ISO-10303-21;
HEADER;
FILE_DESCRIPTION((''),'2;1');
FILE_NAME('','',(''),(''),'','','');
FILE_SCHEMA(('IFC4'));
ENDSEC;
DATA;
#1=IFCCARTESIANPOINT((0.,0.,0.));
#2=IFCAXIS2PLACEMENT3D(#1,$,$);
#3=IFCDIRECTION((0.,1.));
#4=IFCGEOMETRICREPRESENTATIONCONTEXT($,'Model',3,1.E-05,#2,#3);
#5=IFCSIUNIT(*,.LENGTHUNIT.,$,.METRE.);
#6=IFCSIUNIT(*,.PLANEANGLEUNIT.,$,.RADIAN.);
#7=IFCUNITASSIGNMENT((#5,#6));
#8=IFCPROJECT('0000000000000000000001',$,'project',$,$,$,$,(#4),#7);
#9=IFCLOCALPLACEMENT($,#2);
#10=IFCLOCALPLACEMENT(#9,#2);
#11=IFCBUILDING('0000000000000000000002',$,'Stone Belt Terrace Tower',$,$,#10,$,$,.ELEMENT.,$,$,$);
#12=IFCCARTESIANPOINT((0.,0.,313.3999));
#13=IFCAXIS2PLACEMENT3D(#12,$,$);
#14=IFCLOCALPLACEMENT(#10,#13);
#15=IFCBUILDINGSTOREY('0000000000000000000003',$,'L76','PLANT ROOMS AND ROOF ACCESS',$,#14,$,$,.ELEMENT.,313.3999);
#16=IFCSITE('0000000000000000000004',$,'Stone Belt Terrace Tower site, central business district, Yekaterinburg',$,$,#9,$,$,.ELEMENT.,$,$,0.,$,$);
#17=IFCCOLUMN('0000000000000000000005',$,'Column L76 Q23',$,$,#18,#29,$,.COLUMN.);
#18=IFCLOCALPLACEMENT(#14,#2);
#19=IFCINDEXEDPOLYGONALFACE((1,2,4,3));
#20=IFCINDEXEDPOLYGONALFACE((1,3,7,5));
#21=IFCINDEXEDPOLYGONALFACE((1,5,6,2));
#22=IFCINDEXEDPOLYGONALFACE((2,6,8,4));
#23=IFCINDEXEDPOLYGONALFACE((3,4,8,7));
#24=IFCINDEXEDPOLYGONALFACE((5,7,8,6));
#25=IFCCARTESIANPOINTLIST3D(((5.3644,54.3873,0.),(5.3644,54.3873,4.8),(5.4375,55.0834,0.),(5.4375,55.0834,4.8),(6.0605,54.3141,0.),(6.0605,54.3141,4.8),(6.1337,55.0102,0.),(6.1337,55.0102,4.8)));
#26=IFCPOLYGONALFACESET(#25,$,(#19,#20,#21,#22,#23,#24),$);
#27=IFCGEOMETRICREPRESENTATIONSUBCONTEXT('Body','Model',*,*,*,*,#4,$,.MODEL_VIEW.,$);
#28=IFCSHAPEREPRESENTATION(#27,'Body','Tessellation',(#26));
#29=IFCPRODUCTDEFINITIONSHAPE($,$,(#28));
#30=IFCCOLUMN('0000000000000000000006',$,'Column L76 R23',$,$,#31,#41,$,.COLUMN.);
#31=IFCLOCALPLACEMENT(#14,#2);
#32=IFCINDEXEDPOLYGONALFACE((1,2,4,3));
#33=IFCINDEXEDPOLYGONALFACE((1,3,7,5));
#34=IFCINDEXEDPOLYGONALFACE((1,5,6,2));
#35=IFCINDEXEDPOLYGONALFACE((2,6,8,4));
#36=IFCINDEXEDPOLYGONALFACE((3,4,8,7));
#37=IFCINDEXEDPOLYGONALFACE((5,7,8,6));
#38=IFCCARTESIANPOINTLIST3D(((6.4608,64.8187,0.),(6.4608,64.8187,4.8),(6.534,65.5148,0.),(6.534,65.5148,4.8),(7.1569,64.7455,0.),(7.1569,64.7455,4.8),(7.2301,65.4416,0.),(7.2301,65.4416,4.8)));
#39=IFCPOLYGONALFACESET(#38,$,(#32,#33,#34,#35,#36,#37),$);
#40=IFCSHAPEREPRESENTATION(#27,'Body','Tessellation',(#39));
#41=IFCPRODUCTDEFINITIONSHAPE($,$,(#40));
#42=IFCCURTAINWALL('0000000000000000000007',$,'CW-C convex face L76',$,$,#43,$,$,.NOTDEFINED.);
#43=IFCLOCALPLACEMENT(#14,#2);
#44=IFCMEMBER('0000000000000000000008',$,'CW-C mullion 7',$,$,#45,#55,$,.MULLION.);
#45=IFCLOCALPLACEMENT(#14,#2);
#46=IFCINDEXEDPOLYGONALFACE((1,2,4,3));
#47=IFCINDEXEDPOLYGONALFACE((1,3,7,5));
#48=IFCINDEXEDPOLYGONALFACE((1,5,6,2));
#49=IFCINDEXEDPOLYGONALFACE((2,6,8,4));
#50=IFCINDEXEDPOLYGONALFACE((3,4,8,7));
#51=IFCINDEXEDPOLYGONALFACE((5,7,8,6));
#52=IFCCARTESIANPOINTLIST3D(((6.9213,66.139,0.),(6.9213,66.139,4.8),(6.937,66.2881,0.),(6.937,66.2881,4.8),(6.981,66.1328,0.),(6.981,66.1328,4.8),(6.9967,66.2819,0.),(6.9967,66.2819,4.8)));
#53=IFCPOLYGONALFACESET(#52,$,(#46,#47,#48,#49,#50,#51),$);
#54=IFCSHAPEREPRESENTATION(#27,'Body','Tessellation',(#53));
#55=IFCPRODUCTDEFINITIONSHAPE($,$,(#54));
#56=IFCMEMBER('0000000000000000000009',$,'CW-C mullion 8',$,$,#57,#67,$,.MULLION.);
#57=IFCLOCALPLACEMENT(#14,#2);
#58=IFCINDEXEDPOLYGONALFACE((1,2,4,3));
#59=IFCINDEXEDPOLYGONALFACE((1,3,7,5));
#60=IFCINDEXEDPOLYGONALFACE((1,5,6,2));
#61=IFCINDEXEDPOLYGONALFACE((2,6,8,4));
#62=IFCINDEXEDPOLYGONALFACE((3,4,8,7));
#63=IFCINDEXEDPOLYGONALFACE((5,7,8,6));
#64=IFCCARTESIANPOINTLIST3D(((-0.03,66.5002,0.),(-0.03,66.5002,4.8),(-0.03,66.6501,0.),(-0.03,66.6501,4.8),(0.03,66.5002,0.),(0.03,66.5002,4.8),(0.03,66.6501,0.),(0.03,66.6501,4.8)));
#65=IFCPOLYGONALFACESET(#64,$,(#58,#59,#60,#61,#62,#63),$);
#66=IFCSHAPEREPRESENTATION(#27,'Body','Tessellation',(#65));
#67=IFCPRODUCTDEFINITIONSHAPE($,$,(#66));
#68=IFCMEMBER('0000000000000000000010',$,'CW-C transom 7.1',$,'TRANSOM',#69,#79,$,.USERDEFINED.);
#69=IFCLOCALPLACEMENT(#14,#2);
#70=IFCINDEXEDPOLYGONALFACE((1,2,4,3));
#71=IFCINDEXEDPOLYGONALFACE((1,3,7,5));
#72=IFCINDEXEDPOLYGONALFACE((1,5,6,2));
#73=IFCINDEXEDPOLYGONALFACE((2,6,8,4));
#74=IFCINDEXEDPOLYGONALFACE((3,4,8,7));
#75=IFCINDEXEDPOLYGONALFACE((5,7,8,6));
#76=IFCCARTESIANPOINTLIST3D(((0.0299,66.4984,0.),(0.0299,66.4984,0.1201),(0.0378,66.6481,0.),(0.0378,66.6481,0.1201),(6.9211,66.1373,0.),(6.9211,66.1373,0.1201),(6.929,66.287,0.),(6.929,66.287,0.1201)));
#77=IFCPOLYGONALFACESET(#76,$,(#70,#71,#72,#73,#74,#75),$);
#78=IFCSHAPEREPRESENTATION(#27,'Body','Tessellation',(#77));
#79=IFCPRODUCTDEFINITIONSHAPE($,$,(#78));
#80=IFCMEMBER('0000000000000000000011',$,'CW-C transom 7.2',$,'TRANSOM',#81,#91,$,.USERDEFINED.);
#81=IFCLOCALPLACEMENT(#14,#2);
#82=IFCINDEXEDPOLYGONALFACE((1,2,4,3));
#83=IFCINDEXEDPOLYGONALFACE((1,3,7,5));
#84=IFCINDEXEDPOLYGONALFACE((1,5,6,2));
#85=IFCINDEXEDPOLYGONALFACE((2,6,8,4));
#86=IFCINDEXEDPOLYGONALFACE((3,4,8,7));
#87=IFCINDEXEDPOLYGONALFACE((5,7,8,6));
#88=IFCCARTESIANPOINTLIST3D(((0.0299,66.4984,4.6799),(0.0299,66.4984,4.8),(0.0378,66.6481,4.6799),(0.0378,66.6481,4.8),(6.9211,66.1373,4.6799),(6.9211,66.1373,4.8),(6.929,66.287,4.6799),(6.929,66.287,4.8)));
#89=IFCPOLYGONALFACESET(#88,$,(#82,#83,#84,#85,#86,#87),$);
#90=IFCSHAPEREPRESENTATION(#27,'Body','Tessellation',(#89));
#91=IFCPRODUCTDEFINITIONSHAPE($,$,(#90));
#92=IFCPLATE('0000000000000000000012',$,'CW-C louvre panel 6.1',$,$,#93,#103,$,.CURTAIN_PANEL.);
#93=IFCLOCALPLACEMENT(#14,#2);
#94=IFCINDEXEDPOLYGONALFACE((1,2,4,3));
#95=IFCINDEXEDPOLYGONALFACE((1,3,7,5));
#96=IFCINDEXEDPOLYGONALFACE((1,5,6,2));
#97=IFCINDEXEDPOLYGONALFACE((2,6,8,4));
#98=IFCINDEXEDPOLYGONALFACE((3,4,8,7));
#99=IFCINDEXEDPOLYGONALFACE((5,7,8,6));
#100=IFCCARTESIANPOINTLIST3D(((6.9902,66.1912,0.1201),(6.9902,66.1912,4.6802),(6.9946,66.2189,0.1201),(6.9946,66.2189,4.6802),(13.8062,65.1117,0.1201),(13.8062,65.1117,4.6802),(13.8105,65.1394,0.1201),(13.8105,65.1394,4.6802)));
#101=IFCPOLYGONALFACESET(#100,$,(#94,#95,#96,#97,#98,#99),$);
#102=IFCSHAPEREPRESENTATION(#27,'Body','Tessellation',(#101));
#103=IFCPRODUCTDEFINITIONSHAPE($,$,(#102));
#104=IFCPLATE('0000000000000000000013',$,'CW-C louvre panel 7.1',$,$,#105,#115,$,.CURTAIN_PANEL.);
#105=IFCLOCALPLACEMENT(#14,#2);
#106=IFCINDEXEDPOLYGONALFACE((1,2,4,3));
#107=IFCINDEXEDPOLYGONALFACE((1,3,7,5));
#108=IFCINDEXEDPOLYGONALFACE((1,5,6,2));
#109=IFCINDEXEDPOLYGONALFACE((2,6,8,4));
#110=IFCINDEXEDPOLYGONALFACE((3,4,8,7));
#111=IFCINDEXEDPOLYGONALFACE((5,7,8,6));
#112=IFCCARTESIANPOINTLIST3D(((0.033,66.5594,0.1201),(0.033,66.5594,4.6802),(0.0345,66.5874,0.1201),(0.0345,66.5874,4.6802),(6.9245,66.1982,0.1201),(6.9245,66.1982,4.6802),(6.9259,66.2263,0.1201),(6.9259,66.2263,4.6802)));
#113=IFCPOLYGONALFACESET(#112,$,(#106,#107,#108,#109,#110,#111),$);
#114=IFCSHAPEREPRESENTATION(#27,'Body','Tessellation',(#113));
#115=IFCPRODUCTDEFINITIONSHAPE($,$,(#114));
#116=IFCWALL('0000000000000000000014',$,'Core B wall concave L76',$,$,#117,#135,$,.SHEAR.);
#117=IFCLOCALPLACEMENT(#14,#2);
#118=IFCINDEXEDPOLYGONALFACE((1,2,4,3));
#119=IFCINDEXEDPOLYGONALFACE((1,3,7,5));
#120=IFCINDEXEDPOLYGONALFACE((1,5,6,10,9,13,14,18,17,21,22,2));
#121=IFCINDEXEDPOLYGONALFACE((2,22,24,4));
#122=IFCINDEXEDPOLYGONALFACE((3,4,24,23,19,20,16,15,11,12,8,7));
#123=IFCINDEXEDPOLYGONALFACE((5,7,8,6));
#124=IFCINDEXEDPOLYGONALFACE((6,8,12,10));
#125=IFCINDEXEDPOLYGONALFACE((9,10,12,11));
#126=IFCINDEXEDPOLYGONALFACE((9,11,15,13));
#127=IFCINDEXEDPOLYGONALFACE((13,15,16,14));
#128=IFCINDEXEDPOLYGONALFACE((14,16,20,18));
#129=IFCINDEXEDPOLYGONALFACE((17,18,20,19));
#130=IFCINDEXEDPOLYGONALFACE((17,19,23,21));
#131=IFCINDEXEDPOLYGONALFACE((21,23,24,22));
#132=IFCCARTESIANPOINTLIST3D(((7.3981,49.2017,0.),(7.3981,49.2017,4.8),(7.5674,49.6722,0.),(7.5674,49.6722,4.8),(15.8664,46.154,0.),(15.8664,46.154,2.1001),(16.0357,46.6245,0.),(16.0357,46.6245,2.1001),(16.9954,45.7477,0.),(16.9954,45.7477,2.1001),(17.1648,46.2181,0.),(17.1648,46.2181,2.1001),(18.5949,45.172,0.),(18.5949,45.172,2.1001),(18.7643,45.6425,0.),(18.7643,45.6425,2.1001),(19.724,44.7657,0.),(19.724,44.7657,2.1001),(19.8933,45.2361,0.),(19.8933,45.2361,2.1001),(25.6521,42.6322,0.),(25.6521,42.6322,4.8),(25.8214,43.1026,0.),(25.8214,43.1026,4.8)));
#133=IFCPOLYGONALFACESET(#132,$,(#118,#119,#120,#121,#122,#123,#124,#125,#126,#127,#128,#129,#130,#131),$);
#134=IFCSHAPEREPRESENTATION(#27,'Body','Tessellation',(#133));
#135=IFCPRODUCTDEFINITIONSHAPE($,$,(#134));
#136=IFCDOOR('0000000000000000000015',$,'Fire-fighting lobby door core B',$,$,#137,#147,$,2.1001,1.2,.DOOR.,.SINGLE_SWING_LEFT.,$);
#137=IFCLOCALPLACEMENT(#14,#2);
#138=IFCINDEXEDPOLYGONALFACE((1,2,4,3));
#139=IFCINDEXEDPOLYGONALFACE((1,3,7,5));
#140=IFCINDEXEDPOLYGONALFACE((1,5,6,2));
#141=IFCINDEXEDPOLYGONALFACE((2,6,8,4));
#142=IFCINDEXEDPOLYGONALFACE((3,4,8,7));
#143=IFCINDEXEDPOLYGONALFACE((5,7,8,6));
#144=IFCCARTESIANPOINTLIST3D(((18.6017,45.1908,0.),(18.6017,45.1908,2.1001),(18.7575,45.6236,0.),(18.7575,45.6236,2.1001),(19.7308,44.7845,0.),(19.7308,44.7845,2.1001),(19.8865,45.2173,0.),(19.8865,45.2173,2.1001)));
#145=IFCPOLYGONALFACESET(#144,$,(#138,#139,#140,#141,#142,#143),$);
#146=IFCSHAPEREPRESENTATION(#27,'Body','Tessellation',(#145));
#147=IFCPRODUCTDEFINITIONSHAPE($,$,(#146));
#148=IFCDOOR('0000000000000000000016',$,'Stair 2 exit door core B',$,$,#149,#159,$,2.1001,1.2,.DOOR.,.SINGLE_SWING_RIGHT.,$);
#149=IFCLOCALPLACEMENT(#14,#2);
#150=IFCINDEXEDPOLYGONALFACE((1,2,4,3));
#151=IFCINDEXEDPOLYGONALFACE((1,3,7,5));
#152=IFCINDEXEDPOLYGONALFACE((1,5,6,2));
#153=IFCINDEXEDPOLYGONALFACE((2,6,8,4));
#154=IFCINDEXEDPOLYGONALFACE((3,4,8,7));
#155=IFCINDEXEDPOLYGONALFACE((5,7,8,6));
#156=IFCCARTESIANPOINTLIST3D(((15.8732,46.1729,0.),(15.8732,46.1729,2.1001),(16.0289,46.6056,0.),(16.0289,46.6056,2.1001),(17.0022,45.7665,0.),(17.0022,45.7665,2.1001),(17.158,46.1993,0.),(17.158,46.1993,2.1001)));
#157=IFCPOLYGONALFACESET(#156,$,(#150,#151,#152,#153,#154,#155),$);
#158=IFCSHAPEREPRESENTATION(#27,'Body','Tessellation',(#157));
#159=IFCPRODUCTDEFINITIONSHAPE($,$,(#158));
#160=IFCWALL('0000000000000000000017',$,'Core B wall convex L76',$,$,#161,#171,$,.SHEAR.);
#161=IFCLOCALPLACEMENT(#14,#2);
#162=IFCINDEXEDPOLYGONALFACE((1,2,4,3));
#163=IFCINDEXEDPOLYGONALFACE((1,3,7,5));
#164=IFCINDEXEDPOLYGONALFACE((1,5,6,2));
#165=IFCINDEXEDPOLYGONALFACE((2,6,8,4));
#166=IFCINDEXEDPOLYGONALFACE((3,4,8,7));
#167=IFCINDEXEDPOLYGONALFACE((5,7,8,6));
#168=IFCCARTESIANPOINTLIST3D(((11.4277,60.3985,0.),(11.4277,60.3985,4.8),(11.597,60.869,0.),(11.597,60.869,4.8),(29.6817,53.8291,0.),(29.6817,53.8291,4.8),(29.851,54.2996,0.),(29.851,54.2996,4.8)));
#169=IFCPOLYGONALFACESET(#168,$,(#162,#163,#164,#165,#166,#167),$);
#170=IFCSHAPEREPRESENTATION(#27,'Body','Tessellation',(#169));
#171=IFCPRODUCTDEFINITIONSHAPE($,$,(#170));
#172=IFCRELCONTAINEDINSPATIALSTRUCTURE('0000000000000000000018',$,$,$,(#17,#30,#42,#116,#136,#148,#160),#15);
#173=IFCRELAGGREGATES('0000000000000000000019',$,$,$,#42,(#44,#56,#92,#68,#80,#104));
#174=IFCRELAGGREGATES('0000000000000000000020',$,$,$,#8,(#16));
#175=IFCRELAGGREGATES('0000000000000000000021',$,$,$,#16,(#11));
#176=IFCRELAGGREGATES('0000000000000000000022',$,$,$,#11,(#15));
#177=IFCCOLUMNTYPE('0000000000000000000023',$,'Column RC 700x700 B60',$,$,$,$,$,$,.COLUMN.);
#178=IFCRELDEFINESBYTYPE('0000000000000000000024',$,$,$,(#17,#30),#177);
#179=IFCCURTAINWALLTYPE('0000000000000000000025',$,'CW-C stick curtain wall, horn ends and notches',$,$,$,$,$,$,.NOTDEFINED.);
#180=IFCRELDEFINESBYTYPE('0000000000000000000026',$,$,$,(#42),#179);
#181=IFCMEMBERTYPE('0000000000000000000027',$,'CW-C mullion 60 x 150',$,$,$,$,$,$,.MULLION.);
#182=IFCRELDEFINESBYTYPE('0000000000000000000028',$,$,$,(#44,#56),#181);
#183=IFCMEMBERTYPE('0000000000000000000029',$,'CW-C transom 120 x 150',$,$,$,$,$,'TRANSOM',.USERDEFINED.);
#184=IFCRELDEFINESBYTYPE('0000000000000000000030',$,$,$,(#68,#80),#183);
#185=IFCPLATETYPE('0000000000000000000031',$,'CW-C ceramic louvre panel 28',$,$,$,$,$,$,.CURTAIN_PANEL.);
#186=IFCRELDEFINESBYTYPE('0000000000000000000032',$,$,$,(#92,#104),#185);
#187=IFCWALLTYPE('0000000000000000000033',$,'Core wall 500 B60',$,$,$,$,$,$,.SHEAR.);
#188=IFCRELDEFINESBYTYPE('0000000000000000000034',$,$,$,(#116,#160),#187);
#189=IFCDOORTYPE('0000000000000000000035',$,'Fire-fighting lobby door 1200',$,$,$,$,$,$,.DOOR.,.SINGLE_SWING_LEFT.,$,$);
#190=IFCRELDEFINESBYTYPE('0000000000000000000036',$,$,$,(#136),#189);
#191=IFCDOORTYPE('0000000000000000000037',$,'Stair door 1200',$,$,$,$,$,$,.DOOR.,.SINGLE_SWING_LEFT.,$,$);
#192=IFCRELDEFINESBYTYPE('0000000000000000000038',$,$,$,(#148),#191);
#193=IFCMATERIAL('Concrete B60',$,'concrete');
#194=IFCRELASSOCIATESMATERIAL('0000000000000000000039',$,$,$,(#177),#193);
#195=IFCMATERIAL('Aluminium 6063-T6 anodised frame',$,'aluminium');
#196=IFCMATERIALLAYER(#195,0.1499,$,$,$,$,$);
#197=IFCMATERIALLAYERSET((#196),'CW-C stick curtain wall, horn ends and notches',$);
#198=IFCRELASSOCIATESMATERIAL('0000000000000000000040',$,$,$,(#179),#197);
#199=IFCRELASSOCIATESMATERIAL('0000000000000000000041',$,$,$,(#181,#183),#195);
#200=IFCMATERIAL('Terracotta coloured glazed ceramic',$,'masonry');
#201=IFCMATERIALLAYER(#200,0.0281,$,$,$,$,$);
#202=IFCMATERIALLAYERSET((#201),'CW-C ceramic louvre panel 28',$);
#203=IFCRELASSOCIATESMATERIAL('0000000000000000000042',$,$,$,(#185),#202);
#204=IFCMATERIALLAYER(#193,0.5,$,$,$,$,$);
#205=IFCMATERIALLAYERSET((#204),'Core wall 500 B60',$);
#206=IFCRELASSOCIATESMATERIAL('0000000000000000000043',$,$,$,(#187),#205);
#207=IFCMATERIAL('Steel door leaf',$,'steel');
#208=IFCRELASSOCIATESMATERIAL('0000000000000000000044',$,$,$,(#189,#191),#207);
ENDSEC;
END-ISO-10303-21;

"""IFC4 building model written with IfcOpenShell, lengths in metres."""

from ifc_helpers import new_model, si_unit, direction, frame, frame_2d, origin, origin_2d, place, context, subcontext, project, spatial, rectangle, extrude, material, layer, layer_set, material_profile, profile_set, type_object, element, fill, aggregate, save


model = new_model("IFC4")

# Units and contexts
model_context = context("Model", 3, precision=1e-05, world=origin(), true_north=direction((0.0, 1.0)))
body_context = subcontext(model_context, "Body", "Model", "MODEL_VIEW")
ifc_project = project(units=[si_unit("LENGTHUNIT", "METRE"), si_unit("PLANEANGLEUNIT", "RADIAN")], contexts=[model_context])

# Site, building, storey
site_placement = place(None, origin())
site = spatial("IfcSite", under=ifc_project, at=site_placement, Name="Stone Belt Terrace Tower site, central business district, Yekaterinburg", CompositionType="ELEMENT", RefElevation=0.0)
building_placement = place(site_placement, origin())
building = spatial("IfcBuilding", under=site, at=building_placement, Name="Stone Belt Terrace Tower", CompositionType="ELEMENT")
storey_placement = place(building_placement, frame((0.0, 0.0, 313.3999)))
storey = spatial("IfcBuildingStorey", under=building, at=storey_placement, Name="L76", Description="PLANT ROOMS AND ROOF ACCESS", CompositionType="ELEMENT", Elevation=313.3999)

# Columns
ifc_material_1 = material(Name="Concrete B60", Category="concrete")
ifc_material_profile_1 = material_profile(ifc_material_1, rectangle(XDim=0.7, YDim=0.7, at=origin_2d()), Name="RC 700x700")
ifc_profile_set_1 = profile_set([ifc_material_profile_1], Name="Concrete B60")
column_type = type_object("IfcColumnType", Name="Column RC 700x700 B60", PredefinedType="COLUMN", material=ifc_profile_set_1)
for number, where, z_axis, x_axis, name in (
    (1, (5.749, 54.6987, 0.0), (0.0, 0.0, 1.0), (0.994522, -0.104528, 0.0), "Column L76 Q23"),
    (2, (6.8455, 65.1301, 0.0), (0.0, 0.0, 1.0), (0.994522, -0.104528, 0.0), "Column L76 R23"),
):
    element("IfcColumn", number, at=place(storey_placement, frame(where, z_axis=z_axis, x_axis=x_axis)), inside=storey, type_object=column_type, Name=name, PredefinedType="COLUMN", context=body_context, shape_type="SweptSolid", body=[
        extrude(rectangle(XDim=0.7, YDim=0.7, at=origin_2d()), origin(), (0.0, 0.0, 1.0), 4.8),
    ])

# Curtain wall, members, plates
ifc_material_2 = material(Name="Aluminium 6063-T6 anodised frame", Category="aluminium")
ifc_layer_1 = layer(ifc_material_2, 0.1499)
ifc_layer_set_1 = layer_set([ifc_layer_1], Name="CW-C stick curtain wall, horn ends and notches")
curtain_wall_type = type_object("IfcCurtainWallType", Name="CW-C stick curtain wall, horn ends and notches", PredefinedType="NOTDEFINED", material=ifc_layer_set_1)
curtain_wall_placement = place(storey_placement, origin())
curtain_wall = element("IfcCurtainWall", 3, at=curtain_wall_placement, inside=storey, type_object=curtain_wall_type, Name="CW-C convex face L76", PredefinedType="NOTDEFINED")
ifc_material_profile_2 = material_profile(ifc_material_2, rectangle(XDim=0.1499, YDim=0.0601, at=origin_2d()), Name="Aluminium 6063-T6 60x150")
ifc_profile_set_2 = profile_set([ifc_material_profile_2], Name="Aluminium 6063-T6 anodised frame")
member_type_1 = type_object("IfcMemberType", Name="CW-C mullion 60 x 150", PredefinedType="MULLION", material=ifc_profile_set_2)
member_1_placement = place(storey_placement, frame((6.959, 66.2104, 0.0), z_axis=(0.0, 0.0, 1.0), x_axis=(-0.104528, -0.994522, 0.0)))
member_1 = element("IfcMember", 4, at=member_1_placement, type_object=member_type_1, Name="CW-C mullion 7", PredefinedType="MULLION", context=body_context, shape_type="SweptSolid", body=[
    extrude(rectangle(XDim=0.1499, YDim=0.0601, at=origin_2d()), origin(), (0.0, 0.0, 1.0), 4.8),
])
member_2_placement = place(storey_placement, frame((0.0, 66.5752, 0.0), z_axis=(0.0, 0.0, 1.0), x_axis=(0.0, -1.0, 0.0)))
member_2 = element("IfcMember", 5, at=member_2_placement, type_object=member_type_1, Name="CW-C mullion 8", PredefinedType="MULLION", context=body_context, shape_type="SweptSolid", body=[
    extrude(rectangle(XDim=0.1499, YDim=0.0601, at=origin_2d()), origin(), (0.0, 0.0, 1.0), 4.8),
])
ifc_material_profile_3 = material_profile(ifc_material_2, rectangle(XDim=0.1499, YDim=0.1201, at=origin_2d()), Name="Aluminium 6063-T6 150x120")
ifc_profile_set_3 = profile_set([ifc_material_profile_3], Name="Aluminium 6063-T6 anodised frame")
member_type_2 = type_object("IfcMemberType", Name="CW-C transom 120 x 150", ElementType="TRANSOM", PredefinedType="USERDEFINED", material=ifc_profile_set_3)
member_3_placement = place(storey_placement, frame((6.925, 66.2122, 0.0601), z_axis=(-0.99863, 0.052327, 0.0), x_axis=(-0.052327, -0.99863, 0.0)))
member_3 = element("IfcMember", 6, at=member_3_placement, type_object=member_type_2, Name="CW-C transom 7.1", ObjectType="TRANSOM", PredefinedType="USERDEFINED", context=body_context, shape_type="SweptSolid", body=[
    extrude(rectangle(XDim=0.1499, YDim=0.1201, at=origin_2d()), origin(), (0.0, 0.0, 1.0), 6.9006),
])
member_4_placement = place(storey_placement, frame((6.925, 66.2122, 4.74), z_axis=(-0.99863, 0.052327, 0.0), x_axis=(-0.052327, -0.99863, 0.0)))
member_4 = element("IfcMember", 7, at=member_4_placement, type_object=member_type_2, Name="CW-C transom 7.2", ObjectType="TRANSOM", PredefinedType="USERDEFINED", context=body_context, shape_type="SweptSolid", body=[
    extrude(rectangle(XDim=0.1499, YDim=0.1201, at=origin_2d()), origin(), (0.0, 0.0, 1.0), 6.9006),
])
ifc_material_3 = material(Name="Terracotta coloured glazed ceramic", Category="masonry")
ifc_layer_2 = layer(ifc_material_3, 0.0281)
ifc_layer_set_2 = layer_set([ifc_layer_2], Name="CW-C ceramic louvre panel 28")
plate_type = type_object("IfcPlateType", Name="CW-C ceramic louvre panel 28", PredefinedType="CURTAIN_PANEL", material=ifc_layer_set_2)
plate_1_placement = place(storey_placement, frame((10.4004, 65.6653, 0.1201), z_axis=(0.0, 0.0, 1.0), x_axis=(-0.987688, 0.156434, 0.0)))
plate_1 = element("IfcPlate", 8, at=plate_1_placement, type_object=plate_type, Name="CW-C louvre panel 6.1", PredefinedType="CURTAIN_PANEL", context=body_context, shape_type="SweptSolid", body=[
    extrude(rectangle(XDim=6.9009, YDim=0.0281, at=origin_2d()), origin(), (0.0, 0.0, 1.0), 4.5601),
])
plate_2_placement = place(storey_placement, frame((3.4795, 66.3928, 0.1201), z_axis=(0.0, 0.0, 1.0), x_axis=(-0.99863, 0.052336, 0.0)))
plate_2 = element("IfcPlate", 9, at=plate_2_placement, type_object=plate_type, Name="CW-C louvre panel 7.1", PredefinedType="CURTAIN_PANEL", context=body_context, shape_type="SweptSolid", body=[
    extrude(rectangle(XDim=6.9009, YDim=0.0281, at=origin_2d()), origin(), (0.0, 0.0, 1.0), 4.5601),
])
aggregate(curtain_wall, [member_1, member_2, plate_1, member_3, member_4, plate_2])

# Wall, openings, doors
ifc_layer_3 = layer(ifc_material_1, 0.5)
ifc_layer_set_3 = layer_set([ifc_layer_3], Name="Core wall 500 B60")
wall_type_1 = type_object("IfcWallType", Name="Core wall 500 B60", PredefinedType="SHEAR", material=ifc_layer_set_3)
wall_1_placement = place(storey_placement, frame((7.4827, 49.437, 0.0), z_axis=(0.0, 0.0, 1.0), x_axis=(0.940917, -0.338636, 0.0)))
wall_1 = element("IfcWall", 10, at=wall_1_placement, inside=storey, type_object=wall_type_1, Name="Core B wall concave L76", PredefinedType="SHEAR", context=body_context, shape_type="SweptSolid", body=[
    extrude(rectangle(XDim=19.4001, YDim=0.5, at=frame_2d((9.7002, 0.0))), origin(), (0.0, 0.0, 1.0), 4.8),
])
opening_1_placement = place(wall_1_placement, frame((11.8999, 0.0, 0.0)))
opening_1 = element("IfcOpeningElement", 11, at=opening_1_placement, cuts=wall_1, PredefinedType="OPENING", context=body_context, shape_type="SweptSolid", body=[
    extrude(rectangle(XDim=1.2, YDim=2.1001, at=frame_2d((0.6001, 1.05))), frame((0.0, 0.26, 0.0), z_axis=(0.0, -1.0, 0.0), x_axis=(1.0, 0.0, 0.0)), (0.0, 0.0, 1.0), 0.52),
])
opening_2_placement = place(wall_1_placement, frame((9.0, 0.0, 0.0)))
opening_2 = element("IfcOpeningElement", 12, at=opening_2_placement, cuts=wall_1, PredefinedType="OPENING", context=body_context, shape_type="SweptSolid", body=[
    extrude(rectangle(XDim=1.2, YDim=2.1001, at=frame_2d((0.6001, 1.05))), frame((0.0, 0.26, 0.0), z_axis=(0.0, -1.0, 0.0), x_axis=(1.0, 0.0, 0.0)), (0.0, 0.0, 1.0), 0.52),
])
ifc_material_4 = material(Name="Steel door leaf", Category="steel")
door_type_1 = type_object("IfcDoorType", Name="Fire-fighting lobby door 1200", OperationType="SINGLE_SWING_LEFT", PredefinedType="DOOR", material=ifc_material_4)
door_1_placement = place(opening_1_placement, origin())
door_1 = element("IfcDoor", 13, at=door_1_placement, inside=storey, type_object=door_type_1, Name="Fire-fighting lobby door core B", OperationType="SINGLE_SWING_LEFT", OverallHeight=2.1001, OverallWidth=1.2, PredefinedType="DOOR", context=body_context, shape_type="SweptSolid", body=[
    extrude(rectangle(XDim=1.2, YDim=2.1001, at=frame_2d((0.6001, 1.05))), frame((0.0, 0.23, 0.0), z_axis=(0.0, -1.0, 0.0), x_axis=(1.0, 0.0, 0.0)), (0.0, 0.0, 1.0), 0.46),
])
fill(opening_1, door_1)
door_type_2 = type_object("IfcDoorType", Name="Stair door 1200", OperationType="SINGLE_SWING_LEFT", PredefinedType="DOOR", material=ifc_material_4)
door_2_placement = place(opening_2_placement, origin())
door_2 = element("IfcDoor", 14, at=door_2_placement, inside=storey, type_object=door_type_2, Name="Stair 2 exit door core B", OperationType="SINGLE_SWING_RIGHT", OverallHeight=2.1001, OverallWidth=1.2, PredefinedType="DOOR", context=body_context, shape_type="SweptSolid", body=[
    extrude(rectangle(XDim=1.2, YDim=2.1001, at=frame_2d((0.6001, 1.05))), frame((0.0, 0.23, 0.0), z_axis=(0.0, -1.0, 0.0), x_axis=(1.0, 0.0, 0.0)), (0.0, 0.0, 1.0), 0.46),
])
fill(opening_2, door_2)

# Wall
wall_2_placement = place(storey_placement, frame((11.5122, 60.6338, 0.0), z_axis=(0.0, 0.0, 1.0), x_axis=(0.940921, -0.338625, 0.0)))
element("IfcWall", 15, at=wall_2_placement, inside=storey, type_object=wall_type_1, Name="Core B wall convex L76", PredefinedType="SHEAR", context=body_context, shape_type="SweptSolid", body=[
    extrude(rectangle(XDim=19.4001, YDim=0.5, at=frame_2d((9.7002, 0.0))), origin(), (0.0, 0.0, 1.0), 4.8),
])

save(model, "model.ifc")
